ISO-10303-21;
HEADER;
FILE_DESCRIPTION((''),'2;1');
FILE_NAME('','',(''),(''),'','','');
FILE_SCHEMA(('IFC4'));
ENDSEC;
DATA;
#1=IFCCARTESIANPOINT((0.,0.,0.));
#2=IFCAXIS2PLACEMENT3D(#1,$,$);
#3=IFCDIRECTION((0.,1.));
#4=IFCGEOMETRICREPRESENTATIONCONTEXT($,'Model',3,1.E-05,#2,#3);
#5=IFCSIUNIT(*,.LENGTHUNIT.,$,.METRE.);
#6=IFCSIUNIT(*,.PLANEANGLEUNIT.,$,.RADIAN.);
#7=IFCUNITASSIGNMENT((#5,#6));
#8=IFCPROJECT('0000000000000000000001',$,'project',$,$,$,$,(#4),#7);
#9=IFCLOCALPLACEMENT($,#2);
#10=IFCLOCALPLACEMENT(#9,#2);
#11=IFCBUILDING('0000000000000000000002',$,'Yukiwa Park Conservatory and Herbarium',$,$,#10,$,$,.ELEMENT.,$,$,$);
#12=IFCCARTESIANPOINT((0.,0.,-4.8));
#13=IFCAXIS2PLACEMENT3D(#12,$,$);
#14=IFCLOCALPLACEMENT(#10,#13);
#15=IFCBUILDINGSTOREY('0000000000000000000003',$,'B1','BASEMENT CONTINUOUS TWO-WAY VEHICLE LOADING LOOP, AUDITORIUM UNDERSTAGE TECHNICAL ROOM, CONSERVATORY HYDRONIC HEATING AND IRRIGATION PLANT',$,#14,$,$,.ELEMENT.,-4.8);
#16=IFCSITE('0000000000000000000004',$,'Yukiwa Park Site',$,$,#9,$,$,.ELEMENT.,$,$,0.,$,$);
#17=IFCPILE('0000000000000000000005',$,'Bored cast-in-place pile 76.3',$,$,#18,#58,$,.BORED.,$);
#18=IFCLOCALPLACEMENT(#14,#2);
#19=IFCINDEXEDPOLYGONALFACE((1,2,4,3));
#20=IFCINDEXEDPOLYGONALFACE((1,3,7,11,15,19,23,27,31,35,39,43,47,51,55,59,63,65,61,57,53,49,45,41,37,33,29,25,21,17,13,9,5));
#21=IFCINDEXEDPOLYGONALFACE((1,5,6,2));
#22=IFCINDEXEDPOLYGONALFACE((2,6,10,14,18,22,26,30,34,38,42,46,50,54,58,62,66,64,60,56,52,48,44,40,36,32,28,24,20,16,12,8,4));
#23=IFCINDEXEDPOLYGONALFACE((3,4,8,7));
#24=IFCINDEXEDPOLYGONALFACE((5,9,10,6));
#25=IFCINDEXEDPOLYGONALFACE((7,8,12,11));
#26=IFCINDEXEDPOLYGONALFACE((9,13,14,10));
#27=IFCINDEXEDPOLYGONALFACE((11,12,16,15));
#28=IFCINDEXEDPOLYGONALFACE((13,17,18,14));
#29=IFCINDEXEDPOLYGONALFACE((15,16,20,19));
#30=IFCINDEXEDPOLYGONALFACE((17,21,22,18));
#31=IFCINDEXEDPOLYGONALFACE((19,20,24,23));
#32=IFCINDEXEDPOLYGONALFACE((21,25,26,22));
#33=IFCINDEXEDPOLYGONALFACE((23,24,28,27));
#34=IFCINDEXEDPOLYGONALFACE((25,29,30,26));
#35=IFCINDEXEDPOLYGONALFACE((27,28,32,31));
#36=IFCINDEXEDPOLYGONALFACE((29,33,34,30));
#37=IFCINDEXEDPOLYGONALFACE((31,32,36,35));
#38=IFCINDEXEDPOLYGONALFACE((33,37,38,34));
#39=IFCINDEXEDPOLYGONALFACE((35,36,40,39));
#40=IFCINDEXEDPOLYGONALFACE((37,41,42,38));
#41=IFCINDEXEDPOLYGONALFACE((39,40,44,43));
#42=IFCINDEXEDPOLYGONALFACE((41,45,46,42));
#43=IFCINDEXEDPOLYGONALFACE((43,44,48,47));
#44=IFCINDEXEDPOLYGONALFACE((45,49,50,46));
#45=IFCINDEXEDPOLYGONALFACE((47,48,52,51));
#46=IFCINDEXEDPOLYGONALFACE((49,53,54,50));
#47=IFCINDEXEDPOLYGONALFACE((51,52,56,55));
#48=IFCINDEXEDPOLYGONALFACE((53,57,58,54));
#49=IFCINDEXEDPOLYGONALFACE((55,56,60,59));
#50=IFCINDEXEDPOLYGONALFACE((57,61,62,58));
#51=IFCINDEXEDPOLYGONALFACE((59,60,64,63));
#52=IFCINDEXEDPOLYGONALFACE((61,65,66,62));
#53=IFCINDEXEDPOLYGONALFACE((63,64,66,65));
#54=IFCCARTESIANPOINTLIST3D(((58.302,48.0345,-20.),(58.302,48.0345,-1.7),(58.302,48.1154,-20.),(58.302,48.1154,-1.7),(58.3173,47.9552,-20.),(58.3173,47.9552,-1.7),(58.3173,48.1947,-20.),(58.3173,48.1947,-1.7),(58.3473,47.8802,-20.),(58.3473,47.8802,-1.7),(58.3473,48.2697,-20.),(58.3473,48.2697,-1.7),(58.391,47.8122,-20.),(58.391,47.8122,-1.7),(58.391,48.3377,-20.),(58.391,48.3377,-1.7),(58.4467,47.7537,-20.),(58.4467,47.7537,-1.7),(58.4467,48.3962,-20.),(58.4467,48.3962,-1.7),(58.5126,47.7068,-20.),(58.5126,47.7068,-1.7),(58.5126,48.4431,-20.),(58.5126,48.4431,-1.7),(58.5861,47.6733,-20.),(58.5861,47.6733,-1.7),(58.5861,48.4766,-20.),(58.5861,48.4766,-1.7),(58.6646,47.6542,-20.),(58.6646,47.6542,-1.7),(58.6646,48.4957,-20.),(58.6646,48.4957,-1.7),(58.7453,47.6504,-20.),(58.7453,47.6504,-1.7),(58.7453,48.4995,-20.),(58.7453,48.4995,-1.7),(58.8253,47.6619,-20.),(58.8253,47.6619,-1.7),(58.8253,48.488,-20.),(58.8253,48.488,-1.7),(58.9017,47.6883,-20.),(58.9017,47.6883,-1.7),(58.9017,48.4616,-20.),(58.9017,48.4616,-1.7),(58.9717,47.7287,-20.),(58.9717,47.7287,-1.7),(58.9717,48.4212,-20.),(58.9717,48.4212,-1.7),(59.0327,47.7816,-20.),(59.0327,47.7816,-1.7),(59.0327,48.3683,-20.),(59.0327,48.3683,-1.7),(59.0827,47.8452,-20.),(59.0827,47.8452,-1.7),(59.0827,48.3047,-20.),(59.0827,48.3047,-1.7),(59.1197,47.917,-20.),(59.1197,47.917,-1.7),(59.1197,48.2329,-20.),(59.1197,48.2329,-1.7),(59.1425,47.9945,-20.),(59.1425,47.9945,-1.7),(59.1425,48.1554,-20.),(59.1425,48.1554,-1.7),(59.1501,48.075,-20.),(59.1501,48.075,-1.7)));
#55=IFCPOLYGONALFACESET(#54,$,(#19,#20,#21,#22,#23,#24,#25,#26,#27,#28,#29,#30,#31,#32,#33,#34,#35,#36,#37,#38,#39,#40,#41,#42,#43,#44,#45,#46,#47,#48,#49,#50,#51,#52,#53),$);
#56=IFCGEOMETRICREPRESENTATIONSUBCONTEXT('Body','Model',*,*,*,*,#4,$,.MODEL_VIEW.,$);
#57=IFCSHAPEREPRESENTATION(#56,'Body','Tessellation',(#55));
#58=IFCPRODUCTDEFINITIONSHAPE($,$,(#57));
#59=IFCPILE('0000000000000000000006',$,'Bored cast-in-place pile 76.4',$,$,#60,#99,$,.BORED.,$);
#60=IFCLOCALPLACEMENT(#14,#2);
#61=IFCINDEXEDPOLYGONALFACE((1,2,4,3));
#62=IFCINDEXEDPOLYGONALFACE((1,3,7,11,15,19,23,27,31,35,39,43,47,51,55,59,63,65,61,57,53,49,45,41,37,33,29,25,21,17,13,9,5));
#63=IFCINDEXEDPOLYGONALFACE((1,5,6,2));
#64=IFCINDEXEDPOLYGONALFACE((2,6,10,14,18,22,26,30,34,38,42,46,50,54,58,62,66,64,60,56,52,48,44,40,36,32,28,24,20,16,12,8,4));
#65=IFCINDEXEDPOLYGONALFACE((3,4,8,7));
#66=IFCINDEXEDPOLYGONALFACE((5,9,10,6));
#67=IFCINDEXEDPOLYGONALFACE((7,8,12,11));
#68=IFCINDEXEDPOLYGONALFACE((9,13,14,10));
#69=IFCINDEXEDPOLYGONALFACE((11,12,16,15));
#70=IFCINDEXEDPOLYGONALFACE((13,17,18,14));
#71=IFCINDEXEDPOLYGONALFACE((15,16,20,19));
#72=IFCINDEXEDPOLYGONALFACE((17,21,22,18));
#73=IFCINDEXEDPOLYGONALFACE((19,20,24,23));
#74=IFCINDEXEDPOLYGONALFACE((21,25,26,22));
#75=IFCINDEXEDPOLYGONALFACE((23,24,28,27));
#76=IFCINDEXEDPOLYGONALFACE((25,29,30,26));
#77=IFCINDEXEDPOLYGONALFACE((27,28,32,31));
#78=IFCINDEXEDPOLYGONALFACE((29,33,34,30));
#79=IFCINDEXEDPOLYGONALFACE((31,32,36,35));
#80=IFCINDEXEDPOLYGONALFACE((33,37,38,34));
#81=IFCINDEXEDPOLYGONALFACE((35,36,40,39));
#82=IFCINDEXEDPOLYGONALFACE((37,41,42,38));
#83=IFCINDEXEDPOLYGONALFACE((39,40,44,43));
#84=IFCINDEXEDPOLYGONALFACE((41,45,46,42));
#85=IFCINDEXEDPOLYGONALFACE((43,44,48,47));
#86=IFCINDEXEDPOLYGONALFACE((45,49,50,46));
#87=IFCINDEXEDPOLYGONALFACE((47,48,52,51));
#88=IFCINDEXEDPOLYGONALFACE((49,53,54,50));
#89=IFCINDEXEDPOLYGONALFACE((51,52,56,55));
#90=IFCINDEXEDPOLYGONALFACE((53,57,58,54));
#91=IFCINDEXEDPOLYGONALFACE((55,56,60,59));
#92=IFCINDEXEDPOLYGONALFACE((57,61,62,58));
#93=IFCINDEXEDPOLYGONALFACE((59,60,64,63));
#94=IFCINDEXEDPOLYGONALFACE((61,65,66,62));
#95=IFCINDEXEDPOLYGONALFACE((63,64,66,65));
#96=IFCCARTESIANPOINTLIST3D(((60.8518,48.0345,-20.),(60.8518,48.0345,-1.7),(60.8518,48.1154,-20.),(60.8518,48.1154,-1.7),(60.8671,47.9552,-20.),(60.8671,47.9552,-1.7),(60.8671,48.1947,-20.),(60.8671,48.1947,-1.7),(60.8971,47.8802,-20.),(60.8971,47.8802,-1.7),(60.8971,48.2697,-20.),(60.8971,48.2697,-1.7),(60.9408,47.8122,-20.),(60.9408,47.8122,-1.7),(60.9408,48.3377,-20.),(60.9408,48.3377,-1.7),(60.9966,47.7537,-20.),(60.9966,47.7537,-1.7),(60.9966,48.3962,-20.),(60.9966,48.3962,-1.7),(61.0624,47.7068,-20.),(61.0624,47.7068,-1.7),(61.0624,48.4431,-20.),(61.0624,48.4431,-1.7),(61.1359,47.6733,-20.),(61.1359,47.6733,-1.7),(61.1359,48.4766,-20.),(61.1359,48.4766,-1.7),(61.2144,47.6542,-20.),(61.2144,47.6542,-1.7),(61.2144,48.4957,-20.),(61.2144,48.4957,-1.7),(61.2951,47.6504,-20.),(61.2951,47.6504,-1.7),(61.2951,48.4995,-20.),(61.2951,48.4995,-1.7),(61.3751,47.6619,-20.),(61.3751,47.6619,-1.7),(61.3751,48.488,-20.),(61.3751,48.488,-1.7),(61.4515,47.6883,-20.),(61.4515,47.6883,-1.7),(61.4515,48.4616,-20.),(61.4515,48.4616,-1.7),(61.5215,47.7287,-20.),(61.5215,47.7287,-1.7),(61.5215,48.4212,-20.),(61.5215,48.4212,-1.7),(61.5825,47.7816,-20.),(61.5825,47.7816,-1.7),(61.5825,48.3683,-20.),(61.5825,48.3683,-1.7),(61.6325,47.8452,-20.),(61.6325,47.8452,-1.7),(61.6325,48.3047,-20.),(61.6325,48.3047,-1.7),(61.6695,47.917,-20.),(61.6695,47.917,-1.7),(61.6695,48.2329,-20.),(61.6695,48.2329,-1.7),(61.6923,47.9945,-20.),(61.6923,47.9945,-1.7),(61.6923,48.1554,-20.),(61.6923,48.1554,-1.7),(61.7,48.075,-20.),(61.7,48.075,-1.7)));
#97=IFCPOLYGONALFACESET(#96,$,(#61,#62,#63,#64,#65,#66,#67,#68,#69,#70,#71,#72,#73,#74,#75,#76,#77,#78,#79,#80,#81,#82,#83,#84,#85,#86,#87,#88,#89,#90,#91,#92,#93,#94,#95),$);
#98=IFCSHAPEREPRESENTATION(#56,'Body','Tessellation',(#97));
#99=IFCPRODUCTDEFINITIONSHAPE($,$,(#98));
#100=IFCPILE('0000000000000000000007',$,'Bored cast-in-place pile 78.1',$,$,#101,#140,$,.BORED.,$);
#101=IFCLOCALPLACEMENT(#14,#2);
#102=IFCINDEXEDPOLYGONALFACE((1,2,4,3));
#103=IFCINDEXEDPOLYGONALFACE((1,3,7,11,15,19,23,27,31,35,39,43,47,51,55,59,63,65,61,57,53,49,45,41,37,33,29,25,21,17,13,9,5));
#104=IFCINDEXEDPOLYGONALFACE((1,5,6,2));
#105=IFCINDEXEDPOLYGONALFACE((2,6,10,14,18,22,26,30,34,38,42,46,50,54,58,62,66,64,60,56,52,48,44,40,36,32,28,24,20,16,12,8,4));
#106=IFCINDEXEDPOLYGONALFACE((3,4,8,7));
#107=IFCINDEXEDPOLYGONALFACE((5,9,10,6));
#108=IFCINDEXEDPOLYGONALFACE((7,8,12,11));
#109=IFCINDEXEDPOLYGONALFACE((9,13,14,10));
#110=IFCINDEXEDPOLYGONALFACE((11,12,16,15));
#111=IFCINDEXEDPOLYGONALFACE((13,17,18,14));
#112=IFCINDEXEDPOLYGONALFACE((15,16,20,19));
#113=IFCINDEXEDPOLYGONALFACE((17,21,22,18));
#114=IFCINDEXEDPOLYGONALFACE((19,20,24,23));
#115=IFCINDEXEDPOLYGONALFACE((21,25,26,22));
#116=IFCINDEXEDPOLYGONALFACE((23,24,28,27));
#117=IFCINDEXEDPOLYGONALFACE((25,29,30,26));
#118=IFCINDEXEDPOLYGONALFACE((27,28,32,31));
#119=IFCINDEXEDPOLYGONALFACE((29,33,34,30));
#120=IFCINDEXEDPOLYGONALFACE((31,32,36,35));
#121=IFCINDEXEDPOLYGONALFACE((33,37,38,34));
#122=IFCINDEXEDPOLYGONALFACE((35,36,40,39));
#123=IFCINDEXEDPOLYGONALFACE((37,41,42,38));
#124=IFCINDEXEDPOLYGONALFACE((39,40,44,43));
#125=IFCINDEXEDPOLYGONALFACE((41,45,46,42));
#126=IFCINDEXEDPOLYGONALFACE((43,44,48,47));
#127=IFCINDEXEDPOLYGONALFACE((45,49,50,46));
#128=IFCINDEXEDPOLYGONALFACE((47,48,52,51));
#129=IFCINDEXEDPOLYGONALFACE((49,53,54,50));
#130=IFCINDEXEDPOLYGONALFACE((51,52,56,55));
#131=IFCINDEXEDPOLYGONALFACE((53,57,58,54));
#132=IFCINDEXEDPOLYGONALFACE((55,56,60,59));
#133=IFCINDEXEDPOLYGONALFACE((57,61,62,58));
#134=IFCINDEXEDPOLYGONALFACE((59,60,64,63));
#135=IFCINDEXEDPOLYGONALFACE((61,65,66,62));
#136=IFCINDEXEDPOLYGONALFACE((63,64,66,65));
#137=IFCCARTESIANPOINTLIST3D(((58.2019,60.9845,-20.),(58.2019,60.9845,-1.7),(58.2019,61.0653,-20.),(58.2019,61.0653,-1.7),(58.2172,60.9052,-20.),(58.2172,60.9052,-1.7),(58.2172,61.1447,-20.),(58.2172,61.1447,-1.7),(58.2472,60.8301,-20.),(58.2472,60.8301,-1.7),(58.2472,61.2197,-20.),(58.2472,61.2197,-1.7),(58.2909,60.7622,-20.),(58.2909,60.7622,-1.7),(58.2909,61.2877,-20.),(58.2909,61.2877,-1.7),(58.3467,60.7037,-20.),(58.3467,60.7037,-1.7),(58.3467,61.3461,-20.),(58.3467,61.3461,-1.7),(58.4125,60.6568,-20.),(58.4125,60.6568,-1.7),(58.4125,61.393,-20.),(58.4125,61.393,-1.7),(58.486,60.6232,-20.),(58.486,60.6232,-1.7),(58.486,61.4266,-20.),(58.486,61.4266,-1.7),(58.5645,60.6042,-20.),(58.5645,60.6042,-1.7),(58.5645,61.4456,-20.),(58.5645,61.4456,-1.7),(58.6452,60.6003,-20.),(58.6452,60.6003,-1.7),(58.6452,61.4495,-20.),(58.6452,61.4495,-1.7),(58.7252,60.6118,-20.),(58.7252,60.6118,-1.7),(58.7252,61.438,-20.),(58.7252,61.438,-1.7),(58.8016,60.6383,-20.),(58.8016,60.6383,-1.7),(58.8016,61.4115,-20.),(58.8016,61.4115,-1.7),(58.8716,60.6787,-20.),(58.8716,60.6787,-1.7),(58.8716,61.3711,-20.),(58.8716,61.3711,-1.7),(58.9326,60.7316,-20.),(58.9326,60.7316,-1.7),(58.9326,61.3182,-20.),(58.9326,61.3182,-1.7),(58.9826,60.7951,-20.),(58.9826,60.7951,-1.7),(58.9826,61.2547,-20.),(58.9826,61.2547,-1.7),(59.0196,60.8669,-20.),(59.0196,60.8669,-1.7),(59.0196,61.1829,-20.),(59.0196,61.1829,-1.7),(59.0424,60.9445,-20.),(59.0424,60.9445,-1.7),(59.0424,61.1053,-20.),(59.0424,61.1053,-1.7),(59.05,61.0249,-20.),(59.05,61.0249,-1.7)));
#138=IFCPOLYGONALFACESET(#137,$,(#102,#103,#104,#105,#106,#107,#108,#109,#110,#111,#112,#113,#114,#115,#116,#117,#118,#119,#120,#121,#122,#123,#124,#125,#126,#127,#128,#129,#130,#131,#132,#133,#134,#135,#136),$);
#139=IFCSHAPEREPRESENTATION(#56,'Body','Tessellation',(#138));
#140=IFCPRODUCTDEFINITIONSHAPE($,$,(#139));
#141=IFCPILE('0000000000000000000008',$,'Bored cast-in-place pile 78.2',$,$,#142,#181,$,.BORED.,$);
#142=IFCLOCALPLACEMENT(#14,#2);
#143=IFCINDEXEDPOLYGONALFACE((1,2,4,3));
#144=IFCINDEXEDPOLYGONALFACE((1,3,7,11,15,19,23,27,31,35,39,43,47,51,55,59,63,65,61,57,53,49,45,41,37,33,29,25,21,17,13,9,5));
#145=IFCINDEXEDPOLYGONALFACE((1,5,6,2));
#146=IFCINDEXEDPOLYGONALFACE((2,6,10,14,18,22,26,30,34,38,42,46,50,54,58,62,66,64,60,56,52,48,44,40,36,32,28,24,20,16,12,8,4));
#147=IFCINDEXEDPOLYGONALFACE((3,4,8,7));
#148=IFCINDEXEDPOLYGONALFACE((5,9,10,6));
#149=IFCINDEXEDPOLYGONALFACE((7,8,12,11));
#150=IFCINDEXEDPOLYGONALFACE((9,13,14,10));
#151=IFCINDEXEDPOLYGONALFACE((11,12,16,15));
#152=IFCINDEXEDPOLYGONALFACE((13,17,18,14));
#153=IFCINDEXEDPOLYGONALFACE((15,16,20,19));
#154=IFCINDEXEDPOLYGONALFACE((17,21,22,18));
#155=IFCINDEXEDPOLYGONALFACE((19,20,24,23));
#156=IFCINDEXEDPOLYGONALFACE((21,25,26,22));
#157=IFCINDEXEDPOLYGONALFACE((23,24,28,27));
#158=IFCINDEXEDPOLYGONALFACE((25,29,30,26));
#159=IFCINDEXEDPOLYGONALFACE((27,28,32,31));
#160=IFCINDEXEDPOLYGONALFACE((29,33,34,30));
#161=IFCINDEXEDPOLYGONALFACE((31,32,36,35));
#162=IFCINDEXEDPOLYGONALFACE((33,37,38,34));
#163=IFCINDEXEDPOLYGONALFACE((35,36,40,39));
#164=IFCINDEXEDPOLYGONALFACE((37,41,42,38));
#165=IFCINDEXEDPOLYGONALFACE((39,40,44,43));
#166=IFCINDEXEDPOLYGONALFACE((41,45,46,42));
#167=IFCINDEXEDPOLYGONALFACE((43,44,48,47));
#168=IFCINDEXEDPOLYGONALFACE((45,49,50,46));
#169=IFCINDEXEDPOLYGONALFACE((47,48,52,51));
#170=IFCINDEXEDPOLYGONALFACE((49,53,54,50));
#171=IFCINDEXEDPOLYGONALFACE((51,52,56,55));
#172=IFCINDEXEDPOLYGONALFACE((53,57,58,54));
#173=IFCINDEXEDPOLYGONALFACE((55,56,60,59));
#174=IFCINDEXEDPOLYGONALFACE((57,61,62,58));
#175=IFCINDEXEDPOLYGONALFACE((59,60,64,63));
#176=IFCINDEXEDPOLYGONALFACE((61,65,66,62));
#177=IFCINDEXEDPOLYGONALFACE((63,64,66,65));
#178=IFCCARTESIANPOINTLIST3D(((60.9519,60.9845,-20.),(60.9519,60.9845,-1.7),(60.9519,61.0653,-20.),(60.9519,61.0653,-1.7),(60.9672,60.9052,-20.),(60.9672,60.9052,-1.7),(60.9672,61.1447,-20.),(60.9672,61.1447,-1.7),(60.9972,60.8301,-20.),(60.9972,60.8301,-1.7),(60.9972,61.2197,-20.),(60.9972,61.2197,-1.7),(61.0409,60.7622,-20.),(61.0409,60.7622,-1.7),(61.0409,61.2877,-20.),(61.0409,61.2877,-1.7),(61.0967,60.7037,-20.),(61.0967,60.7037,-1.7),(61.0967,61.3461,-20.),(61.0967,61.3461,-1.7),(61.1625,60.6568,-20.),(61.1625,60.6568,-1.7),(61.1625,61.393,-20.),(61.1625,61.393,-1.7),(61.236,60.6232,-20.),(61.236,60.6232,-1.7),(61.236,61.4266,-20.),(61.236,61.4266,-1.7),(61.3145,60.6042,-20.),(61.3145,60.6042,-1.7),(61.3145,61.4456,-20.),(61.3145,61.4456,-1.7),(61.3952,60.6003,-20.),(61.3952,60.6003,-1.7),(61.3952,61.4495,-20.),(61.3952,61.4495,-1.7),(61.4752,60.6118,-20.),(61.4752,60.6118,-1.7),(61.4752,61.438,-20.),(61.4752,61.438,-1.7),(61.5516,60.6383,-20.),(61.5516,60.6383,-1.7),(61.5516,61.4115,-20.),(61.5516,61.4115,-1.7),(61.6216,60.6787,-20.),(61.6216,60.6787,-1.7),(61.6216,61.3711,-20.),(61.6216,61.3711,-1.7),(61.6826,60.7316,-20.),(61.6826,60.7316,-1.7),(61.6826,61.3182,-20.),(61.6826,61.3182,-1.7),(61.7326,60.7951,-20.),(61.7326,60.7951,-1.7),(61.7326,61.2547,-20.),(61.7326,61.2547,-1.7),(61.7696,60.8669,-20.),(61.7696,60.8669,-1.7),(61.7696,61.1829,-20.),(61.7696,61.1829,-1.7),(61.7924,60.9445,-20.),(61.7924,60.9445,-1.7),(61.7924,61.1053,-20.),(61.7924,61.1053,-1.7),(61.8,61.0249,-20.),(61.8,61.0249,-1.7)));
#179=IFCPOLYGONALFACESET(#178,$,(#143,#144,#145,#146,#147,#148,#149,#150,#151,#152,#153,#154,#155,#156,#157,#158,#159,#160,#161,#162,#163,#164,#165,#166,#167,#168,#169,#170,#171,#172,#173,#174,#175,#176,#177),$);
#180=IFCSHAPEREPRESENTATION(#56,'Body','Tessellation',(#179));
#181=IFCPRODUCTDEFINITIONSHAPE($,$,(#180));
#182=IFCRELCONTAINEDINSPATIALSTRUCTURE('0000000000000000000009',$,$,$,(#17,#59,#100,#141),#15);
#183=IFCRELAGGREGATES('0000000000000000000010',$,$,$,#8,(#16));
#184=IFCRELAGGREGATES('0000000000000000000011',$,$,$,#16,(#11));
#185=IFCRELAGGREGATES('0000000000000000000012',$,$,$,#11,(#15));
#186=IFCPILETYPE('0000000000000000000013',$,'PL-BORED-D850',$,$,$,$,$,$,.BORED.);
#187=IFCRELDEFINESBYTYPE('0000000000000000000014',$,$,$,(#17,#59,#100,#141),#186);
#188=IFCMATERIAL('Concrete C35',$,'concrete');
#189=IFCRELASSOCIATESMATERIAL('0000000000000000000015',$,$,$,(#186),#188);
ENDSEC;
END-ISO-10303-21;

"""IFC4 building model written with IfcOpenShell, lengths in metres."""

from ifc_helpers import new_model, si_unit, direction, frame, origin, origin_2d, place, context, subcontext, project, spatial, circle, extrude, material, material_profile, profile_set, type_object, element, save


model = new_model("IFC4")

# Units and contexts
model_context = context("Model", 3, precision=1e-05, world=origin(), true_north=direction((0.0, 1.0)))
body_context = subcontext(model_context, "Body", "Model", "MODEL_VIEW")
ifc_project = project(units=[si_unit("LENGTHUNIT", "METRE"), si_unit("PLANEANGLEUNIT", "RADIAN")], contexts=[model_context])

# Site, building, storey
site_placement = place(None, origin())
site = spatial("IfcSite", under=ifc_project, at=site_placement, Name="Yukiwa Park Site", CompositionType="ELEMENT", RefElevation=0.0)
building_placement = place(site_placement, origin())
building = spatial("IfcBuilding", under=site, at=building_placement, Name="Yukiwa Park Conservatory and Herbarium", CompositionType="ELEMENT")
storey_placement = place(building_placement, frame((0.0, 0.0, -4.8)))
storey = spatial("IfcBuildingStorey", under=building, at=storey_placement, Name="B1", Description="BASEMENT CONTINUOUS TWO-WAY VEHICLE LOADING LOOP, AUDITORIUM UNDERSTAGE TECHNICAL ROOM, CONSERVATORY HYDRONIC HEATING AND IRRIGATION PLANT", CompositionType="ELEMENT", Elevation=-4.8)

# Piles
ifc_material_1 = material(Name="Concrete C35", Category="concrete")
ifc_material_profile_1 = material_profile(ifc_material_1, circle(Radius=0.425, at=origin_2d()), Name="PILE D850")
ifc_profile_set_1 = profile_set([ifc_material_profile_1], Name="Concrete C35")
pile_type_1 = type_object("IfcPileType", Name="PL-BORED-D850", PredefinedType="BORED", material=ifc_profile_set_1)
for number, where, z_axis, x_axis, name in (
    (1, (58.7251, 48.075, -1.7), (0.0, 0.0, -1.0), (1.0, 0.0, 0.0), "Bored cast-in-place pile 76.3"),
    (2, (61.2749, 48.075, -1.7), (0.0, 0.0, -1.0), (1.0, 0.0, 0.0), "Bored cast-in-place pile 76.4"),
    (3, (58.625, 61.0249, -1.7), (0.0, 0.0, -1.0), (1.0, 0.0, 0.0), "Bored cast-in-place pile 78.1"),
    (4, (61.375, 61.0249, -1.7), (0.0, 0.0, -1.0), (1.0, 0.0, 0.0), "Bored cast-in-place pile 78.2"),
):
    element("IfcPile", number, at=place(storey_placement, frame(where, z_axis=z_axis, x_axis=x_axis)), inside=storey, type_object=pile_type_1, Name=name, PredefinedType="BORED", context=body_context, shape_type="SweptSolid", body=[
        extrude(circle(Radius=0.425, at=origin_2d()), origin(), (0.0, 0.0, 1.0), 18.3),
    ])

save(model, "model.ifc")
